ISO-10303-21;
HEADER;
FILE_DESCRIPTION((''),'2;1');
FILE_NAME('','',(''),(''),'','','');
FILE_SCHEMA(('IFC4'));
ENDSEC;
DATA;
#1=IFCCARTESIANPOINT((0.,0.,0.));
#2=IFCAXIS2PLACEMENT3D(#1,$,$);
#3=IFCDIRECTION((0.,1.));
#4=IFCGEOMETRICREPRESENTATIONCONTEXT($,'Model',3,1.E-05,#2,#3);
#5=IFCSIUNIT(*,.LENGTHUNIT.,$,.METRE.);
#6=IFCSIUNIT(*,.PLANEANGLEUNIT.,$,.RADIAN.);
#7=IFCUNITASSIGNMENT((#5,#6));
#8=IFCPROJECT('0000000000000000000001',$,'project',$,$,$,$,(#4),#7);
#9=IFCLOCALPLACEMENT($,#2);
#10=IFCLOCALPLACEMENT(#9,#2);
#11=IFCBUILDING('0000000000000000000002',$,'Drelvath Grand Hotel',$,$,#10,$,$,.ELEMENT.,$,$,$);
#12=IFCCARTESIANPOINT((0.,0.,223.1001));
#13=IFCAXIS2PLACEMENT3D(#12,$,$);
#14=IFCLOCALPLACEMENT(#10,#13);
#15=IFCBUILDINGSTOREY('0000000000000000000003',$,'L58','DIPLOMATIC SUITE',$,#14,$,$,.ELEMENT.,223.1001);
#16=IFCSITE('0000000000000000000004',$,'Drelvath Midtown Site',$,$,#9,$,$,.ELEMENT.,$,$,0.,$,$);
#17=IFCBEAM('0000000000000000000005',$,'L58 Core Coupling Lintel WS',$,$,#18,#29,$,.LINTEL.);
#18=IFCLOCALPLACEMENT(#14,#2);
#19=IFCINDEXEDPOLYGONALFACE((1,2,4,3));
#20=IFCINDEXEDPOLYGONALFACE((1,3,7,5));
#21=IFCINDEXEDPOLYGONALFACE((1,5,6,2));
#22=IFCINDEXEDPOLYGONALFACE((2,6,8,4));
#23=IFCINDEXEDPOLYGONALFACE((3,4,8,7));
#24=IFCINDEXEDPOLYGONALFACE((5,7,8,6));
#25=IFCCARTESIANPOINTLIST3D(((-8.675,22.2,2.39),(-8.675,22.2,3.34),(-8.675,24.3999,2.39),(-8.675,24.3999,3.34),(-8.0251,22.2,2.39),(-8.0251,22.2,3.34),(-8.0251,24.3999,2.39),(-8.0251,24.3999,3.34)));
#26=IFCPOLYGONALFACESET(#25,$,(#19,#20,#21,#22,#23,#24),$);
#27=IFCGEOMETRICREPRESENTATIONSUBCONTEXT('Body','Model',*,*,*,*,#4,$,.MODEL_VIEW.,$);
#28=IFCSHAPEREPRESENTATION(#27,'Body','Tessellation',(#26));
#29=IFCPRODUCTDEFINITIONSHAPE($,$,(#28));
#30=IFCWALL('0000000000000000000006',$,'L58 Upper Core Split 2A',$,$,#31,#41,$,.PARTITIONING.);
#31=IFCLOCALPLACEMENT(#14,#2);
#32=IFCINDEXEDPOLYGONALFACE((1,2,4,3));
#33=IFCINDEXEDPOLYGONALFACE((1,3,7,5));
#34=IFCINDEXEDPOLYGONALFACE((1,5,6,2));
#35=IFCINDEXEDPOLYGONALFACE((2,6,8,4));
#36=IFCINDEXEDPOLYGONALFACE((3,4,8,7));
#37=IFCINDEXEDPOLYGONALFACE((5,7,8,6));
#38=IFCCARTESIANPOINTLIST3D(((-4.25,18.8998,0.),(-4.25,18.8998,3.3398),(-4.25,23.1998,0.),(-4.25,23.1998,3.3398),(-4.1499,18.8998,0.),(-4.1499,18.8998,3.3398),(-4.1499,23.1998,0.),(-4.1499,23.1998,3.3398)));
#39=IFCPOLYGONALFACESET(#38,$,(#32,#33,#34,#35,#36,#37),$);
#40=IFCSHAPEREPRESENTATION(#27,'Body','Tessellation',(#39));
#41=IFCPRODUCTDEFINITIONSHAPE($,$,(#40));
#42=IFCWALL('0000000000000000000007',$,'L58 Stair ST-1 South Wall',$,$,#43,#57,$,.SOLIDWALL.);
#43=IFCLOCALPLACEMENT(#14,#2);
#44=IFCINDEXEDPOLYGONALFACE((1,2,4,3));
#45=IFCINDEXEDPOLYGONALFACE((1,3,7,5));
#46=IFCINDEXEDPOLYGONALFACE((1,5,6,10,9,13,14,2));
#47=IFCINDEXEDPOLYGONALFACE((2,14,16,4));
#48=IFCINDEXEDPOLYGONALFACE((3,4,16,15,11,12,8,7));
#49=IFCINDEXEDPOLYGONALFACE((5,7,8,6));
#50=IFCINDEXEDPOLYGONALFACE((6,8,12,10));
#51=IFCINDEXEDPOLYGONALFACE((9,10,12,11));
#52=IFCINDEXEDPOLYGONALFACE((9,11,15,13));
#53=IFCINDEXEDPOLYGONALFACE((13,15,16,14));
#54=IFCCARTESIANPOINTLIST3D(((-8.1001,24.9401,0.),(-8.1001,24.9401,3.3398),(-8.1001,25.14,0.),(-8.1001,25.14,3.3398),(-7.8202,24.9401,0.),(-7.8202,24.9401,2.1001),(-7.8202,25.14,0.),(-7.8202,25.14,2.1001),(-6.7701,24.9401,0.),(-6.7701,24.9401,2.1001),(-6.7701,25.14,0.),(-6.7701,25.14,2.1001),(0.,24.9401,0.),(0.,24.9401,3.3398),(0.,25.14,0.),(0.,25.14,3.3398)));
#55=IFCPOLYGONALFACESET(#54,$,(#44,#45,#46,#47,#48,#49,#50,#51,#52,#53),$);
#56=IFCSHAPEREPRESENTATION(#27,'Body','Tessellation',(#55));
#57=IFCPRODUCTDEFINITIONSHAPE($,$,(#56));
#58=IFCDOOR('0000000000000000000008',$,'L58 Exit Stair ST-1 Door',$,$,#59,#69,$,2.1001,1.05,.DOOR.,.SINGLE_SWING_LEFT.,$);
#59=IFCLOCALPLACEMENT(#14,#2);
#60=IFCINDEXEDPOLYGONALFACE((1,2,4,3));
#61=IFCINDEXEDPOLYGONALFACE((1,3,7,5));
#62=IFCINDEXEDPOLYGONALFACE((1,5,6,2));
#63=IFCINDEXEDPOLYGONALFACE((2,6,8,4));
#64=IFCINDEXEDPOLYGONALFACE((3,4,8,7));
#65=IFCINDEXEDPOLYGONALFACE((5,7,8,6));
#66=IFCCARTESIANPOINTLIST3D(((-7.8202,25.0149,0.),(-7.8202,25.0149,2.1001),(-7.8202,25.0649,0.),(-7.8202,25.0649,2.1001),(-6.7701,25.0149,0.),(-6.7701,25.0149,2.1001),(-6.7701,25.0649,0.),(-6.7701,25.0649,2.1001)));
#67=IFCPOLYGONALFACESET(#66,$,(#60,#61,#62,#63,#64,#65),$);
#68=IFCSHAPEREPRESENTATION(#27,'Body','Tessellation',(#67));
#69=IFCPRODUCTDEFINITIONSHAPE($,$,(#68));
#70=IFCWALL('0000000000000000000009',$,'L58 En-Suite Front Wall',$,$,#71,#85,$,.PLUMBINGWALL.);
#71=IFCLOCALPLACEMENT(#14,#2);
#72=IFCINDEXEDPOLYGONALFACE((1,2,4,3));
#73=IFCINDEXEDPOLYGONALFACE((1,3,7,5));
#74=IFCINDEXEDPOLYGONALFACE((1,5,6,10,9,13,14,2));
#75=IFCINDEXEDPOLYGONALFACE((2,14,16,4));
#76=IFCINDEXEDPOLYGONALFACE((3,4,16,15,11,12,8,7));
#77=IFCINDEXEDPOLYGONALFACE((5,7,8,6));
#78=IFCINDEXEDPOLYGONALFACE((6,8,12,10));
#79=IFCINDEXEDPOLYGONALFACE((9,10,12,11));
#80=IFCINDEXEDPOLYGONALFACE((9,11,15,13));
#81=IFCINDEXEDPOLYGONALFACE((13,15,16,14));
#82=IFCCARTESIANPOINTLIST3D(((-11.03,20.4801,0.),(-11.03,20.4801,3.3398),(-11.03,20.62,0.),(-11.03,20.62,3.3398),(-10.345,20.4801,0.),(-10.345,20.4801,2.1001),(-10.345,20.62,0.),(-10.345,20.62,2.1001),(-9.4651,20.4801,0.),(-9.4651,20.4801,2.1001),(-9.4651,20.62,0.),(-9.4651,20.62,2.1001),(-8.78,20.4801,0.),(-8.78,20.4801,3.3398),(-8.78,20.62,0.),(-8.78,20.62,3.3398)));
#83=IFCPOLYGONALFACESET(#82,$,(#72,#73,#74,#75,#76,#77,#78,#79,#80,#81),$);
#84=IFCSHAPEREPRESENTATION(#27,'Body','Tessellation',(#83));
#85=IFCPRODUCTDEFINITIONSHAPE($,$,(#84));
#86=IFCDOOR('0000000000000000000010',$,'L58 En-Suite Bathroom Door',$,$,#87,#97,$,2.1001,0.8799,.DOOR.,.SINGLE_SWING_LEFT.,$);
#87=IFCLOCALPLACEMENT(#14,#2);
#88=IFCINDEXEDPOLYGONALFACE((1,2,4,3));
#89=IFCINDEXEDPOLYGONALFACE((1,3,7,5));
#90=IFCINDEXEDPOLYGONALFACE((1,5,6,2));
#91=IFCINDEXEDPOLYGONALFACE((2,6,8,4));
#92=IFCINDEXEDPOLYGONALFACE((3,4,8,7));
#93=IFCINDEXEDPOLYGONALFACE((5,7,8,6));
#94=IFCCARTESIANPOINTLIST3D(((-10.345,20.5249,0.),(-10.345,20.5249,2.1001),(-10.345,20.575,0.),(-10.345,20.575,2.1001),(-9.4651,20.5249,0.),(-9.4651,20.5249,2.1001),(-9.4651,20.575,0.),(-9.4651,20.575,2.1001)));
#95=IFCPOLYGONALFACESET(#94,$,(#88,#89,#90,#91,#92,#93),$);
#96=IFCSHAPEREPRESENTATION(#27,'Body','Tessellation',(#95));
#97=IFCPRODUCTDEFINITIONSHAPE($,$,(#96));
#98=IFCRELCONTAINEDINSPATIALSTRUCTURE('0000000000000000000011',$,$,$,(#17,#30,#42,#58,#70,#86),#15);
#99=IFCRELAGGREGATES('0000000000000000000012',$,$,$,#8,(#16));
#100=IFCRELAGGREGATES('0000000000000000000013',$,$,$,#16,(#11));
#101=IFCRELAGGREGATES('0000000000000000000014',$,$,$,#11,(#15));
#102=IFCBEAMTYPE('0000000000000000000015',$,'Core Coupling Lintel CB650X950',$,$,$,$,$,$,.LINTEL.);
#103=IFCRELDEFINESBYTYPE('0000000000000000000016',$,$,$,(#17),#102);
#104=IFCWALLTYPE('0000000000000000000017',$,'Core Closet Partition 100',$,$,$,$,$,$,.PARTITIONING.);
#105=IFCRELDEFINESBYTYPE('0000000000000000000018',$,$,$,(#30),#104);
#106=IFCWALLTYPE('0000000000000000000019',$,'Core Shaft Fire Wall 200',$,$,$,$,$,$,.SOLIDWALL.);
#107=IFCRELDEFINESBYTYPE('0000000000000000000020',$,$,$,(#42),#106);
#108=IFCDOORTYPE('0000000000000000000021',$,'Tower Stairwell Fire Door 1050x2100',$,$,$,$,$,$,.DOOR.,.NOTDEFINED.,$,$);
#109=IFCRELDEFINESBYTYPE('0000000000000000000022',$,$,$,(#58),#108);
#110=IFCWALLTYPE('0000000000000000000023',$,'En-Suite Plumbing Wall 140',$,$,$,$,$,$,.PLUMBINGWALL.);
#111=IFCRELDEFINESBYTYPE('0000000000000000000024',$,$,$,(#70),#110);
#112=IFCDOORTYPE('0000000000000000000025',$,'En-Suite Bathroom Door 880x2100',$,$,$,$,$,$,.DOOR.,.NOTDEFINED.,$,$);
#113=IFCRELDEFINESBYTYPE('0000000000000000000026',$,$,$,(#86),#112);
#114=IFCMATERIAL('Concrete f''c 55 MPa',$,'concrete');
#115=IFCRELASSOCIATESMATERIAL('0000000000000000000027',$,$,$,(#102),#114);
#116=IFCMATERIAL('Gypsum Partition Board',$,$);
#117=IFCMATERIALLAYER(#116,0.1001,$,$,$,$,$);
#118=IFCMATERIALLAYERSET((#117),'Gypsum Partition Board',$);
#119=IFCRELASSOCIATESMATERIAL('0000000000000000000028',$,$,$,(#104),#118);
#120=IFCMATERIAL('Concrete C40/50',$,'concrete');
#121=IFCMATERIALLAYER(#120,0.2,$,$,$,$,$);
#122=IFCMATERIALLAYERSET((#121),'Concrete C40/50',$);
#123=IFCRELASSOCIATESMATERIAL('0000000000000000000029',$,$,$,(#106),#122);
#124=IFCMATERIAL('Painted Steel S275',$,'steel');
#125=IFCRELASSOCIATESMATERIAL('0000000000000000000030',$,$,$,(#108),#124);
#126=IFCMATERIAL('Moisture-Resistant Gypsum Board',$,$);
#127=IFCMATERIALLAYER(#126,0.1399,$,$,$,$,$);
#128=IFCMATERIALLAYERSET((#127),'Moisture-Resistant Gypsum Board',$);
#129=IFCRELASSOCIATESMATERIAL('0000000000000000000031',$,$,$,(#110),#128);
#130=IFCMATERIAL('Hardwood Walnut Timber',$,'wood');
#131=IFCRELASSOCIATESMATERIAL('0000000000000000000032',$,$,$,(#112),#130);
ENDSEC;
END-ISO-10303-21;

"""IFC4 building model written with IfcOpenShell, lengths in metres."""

from ifc_helpers import new_model, si_unit, direction, frame, frame_2d, origin, origin_2d, place, context, subcontext, project, spatial, rectangle, extrude, material, layer, layer_set, material_profile, profile_set, type_object, element, fill, save


model = new_model("IFC4")

# Units and contexts
model_context = context("Model", 3, precision=1e-05, world=origin(), true_north=direction((0.0, 1.0)))
body_context = subcontext(model_context, "Body", "Model", "MODEL_VIEW")
ifc_project = project(units=[si_unit("LENGTHUNIT", "METRE"), si_unit("PLANEANGLEUNIT", "RADIAN")], contexts=[model_context])

# Site, building, storey
site_placement = place(None, origin())
site = spatial("IfcSite", under=ifc_project, at=site_placement, Name="Drelvath Midtown Site", CompositionType="ELEMENT", RefElevation=0.0)
building_placement = place(site_placement, origin())
building = spatial("IfcBuilding", under=site, at=building_placement, Name="Drelvath Grand Hotel", CompositionType="ELEMENT")
storey_placement = place(building_placement, frame((0.0, 0.0, 223.1001)))
storey = spatial("IfcBuildingStorey", under=building, at=storey_placement, Name="L58", Description="DIPLOMATIC SUITE", CompositionType="ELEMENT", Elevation=223.1001)

# Beam
ifc_material_1 = material(Name="Concrete f'c 55 MPa", Category="concrete")
ifc_material_profile = material_profile(ifc_material_1, rectangle(XDim=0.6499, YDim=0.95, at=origin_2d()), Name="CB650X950")
ifc_profile_set = profile_set([ifc_material_profile], Name="Concrete f'c 55 MPa")
beam_type = type_object("IfcBeamType", Name="Core Coupling Lintel CB650X950", PredefinedType="LINTEL", material=ifc_profile_set)
beam_placement = place(storey_placement, frame((-8.3501, 22.2, 2.865), z_axis=(0.0, 1.0, 0.0), x_axis=(-1.0, 0.0, 0.0)))
element("IfcBeam", 1, at=beam_placement, inside=storey, type_object=beam_type, Name="L58 Core Coupling Lintel WS", PredefinedType="LINTEL", context=body_context, shape_type="SweptSolid", body=[
    extrude(rectangle(XDim=0.6499, YDim=0.95, at=origin_2d()), origin(), (0.0, 0.0, 1.0), 2.2),
])

# Wall
ifc_material_2 = material(Name="Gypsum Partition Board")
ifc_layer_1 = layer(ifc_material_2, 0.1001)
ifc_layer_set_1 = layer_set([ifc_layer_1], Name="Gypsum Partition Board")
wall_type_1 = type_object("IfcWallType", Name="Core Closet Partition 100", PredefinedType="PARTITIONING", material=ifc_layer_set_1)
wall_1_placement = place(storey_placement, frame((-4.2, 18.8999, 0.0), z_axis=(0.0, 0.0, 1.0), x_axis=(0.0, 1.0, 0.0)))
element("IfcWall", 2, at=wall_1_placement, inside=storey, type_object=wall_type_1, Name="L58 Upper Core Split 2A", PredefinedType="PARTITIONING", context=body_context, shape_type="SweptSolid", body=[
    extrude(rectangle(XDim=4.3, YDim=0.1001, at=frame_2d((2.1499, 0.0))), origin(), (0.0, 0.0, 1.0), 3.3398),
])

# Walls, openings, doors
ifc_material_3 = material(Name="Concrete C40/50", Category="concrete")
ifc_layer_2 = layer(ifc_material_3, 0.2)
ifc_layer_set_2 = layer_set([ifc_layer_2], Name="Concrete C40/50")
wall_type_2 = type_object("IfcWallType", Name="Core Shaft Fire Wall 200", PredefinedType="SOLIDWALL", material=ifc_layer_set_2)
wall_2_placement = place(storey_placement, frame((-8.1001, 25.04, 0.0), z_axis=(0.0, 0.0, 1.0), x_axis=(1.0, 0.0, 0.0)))
wall_2 = element("IfcWall", 3, at=wall_2_placement, inside=storey, type_object=wall_type_2, Name="L58 Stair ST-1 South Wall", PredefinedType="SOLIDWALL", context=body_context, shape_type="SweptSolid", body=[
    extrude(rectangle(XDim=8.1001, YDim=0.2, at=frame_2d((4.05, 0.0))), origin(), (0.0, 0.0, 1.0), 3.3398),
])
opening_1_placement = place(wall_2_placement, frame((0.28, 0.0, 0.0)))
opening_1 = element("IfcOpeningElement", 4, at=opening_1_placement, cuts=wall_2, PredefinedType="OPENING", context=body_context, shape_type="SweptSolid", body=[
    extrude(rectangle(XDim=1.05, YDim=2.1001, at=frame_2d((0.5249, 1.05))), frame((0.0, 0.1099, 0.0), z_axis=(0.0, -1.0, 0.0), x_axis=(1.0, 0.0, 0.0)), (0.0, 0.0, 1.0), 0.22),
])
ifc_material_4 = material(Name="Painted Steel S275", Category="steel")
door_type_1 = type_object("IfcDoorType", Name="Tower Stairwell Fire Door 1050x2100", OperationType="NOTDEFINED", PredefinedType="DOOR", material=ifc_material_4)
door_1_placement = place(opening_1_placement, origin())
door_1 = element("IfcDoor", 5, at=door_1_placement, inside=storey, type_object=door_type_1, Name="L58 Exit Stair ST-1 Door", OperationType="SINGLE_SWING_LEFT", OverallHeight=2.1001, OverallWidth=1.05, PredefinedType="DOOR", context=body_context, shape_type="SweptSolid", body=[
    extrude(rectangle(XDim=1.05, YDim=2.1001, at=frame_2d((0.5249, 1.05))), frame((0.0, 0.0249, 0.0), z_axis=(0.0, -1.0, 0.0), x_axis=(1.0, 0.0, 0.0)), (0.0, 0.0, 1.0), 0.05),
])
fill(opening_1, door_1)
ifc_material_5 = material(Name="Moisture-Resistant Gypsum Board")
ifc_layer_3 = layer(ifc_material_5, 0.1399)
ifc_layer_set_3 = layer_set([ifc_layer_3], Name="Moisture-Resistant Gypsum Board")
wall_type_3 = type_object("IfcWallType", Name="En-Suite Plumbing Wall 140", PredefinedType="PLUMBINGWALL", material=ifc_layer_set_3)
wall_3_placement = place(storey_placement, frame((-11.03, 20.55, 0.0), z_axis=(0.0, 0.0, 1.0), x_axis=(1.0, 0.0, 0.0)))
wall_3 = element("IfcWall", 6, at=wall_3_placement, inside=storey, type_object=wall_type_3, Name="L58 En-Suite Front Wall", PredefinedType="PLUMBINGWALL", context=body_context, shape_type="SweptSolid", body=[
    extrude(rectangle(XDim=2.25, YDim=0.1399, at=frame_2d((1.125, 0.0))), origin(), (0.0, 0.0, 1.0), 3.3398),
])
opening_2_placement = place(wall_3_placement, frame((0.6851, 0.0, 0.0)))
opening_2 = element("IfcOpeningElement", 7, at=opening_2_placement, cuts=wall_3, PredefinedType="OPENING", context=body_context, shape_type="SweptSolid", body=[
    extrude(rectangle(XDim=0.8799, YDim=2.1001, at=frame_2d((0.4399, 1.05))), frame((0.0, 0.0798, 0.0), z_axis=(0.0, -1.0, 0.0), x_axis=(1.0, 0.0, 0.0)), (0.0, 0.0, 1.0), 0.1599),
])
ifc_material_6 = material(Name="Hardwood Walnut Timber", Category="wood")
door_type_2 = type_object("IfcDoorType", Name="En-Suite Bathroom Door 880x2100", OperationType="NOTDEFINED", PredefinedType="DOOR", material=ifc_material_6)
door_2_placement = place(opening_2_placement, origin())
door_2 = element("IfcDoor", 8, at=door_2_placement, inside=storey, type_object=door_type_2, Name="L58 En-Suite Bathroom Door", OperationType="SINGLE_SWING_LEFT", OverallHeight=2.1001, OverallWidth=0.8799, PredefinedType="DOOR", context=body_context, shape_type="SweptSolid", body=[
    extrude(rectangle(XDim=0.8799, YDim=2.1001, at=frame_2d((0.4399, 1.05))), frame((0.0, 0.0249, 0.0), z_axis=(0.0, -1.0, 0.0), x_axis=(1.0, 0.0, 0.0)), (0.0, 0.0, 1.0), 0.05),
])
fill(opening_2, door_2)

save(model, "model.ifc")
